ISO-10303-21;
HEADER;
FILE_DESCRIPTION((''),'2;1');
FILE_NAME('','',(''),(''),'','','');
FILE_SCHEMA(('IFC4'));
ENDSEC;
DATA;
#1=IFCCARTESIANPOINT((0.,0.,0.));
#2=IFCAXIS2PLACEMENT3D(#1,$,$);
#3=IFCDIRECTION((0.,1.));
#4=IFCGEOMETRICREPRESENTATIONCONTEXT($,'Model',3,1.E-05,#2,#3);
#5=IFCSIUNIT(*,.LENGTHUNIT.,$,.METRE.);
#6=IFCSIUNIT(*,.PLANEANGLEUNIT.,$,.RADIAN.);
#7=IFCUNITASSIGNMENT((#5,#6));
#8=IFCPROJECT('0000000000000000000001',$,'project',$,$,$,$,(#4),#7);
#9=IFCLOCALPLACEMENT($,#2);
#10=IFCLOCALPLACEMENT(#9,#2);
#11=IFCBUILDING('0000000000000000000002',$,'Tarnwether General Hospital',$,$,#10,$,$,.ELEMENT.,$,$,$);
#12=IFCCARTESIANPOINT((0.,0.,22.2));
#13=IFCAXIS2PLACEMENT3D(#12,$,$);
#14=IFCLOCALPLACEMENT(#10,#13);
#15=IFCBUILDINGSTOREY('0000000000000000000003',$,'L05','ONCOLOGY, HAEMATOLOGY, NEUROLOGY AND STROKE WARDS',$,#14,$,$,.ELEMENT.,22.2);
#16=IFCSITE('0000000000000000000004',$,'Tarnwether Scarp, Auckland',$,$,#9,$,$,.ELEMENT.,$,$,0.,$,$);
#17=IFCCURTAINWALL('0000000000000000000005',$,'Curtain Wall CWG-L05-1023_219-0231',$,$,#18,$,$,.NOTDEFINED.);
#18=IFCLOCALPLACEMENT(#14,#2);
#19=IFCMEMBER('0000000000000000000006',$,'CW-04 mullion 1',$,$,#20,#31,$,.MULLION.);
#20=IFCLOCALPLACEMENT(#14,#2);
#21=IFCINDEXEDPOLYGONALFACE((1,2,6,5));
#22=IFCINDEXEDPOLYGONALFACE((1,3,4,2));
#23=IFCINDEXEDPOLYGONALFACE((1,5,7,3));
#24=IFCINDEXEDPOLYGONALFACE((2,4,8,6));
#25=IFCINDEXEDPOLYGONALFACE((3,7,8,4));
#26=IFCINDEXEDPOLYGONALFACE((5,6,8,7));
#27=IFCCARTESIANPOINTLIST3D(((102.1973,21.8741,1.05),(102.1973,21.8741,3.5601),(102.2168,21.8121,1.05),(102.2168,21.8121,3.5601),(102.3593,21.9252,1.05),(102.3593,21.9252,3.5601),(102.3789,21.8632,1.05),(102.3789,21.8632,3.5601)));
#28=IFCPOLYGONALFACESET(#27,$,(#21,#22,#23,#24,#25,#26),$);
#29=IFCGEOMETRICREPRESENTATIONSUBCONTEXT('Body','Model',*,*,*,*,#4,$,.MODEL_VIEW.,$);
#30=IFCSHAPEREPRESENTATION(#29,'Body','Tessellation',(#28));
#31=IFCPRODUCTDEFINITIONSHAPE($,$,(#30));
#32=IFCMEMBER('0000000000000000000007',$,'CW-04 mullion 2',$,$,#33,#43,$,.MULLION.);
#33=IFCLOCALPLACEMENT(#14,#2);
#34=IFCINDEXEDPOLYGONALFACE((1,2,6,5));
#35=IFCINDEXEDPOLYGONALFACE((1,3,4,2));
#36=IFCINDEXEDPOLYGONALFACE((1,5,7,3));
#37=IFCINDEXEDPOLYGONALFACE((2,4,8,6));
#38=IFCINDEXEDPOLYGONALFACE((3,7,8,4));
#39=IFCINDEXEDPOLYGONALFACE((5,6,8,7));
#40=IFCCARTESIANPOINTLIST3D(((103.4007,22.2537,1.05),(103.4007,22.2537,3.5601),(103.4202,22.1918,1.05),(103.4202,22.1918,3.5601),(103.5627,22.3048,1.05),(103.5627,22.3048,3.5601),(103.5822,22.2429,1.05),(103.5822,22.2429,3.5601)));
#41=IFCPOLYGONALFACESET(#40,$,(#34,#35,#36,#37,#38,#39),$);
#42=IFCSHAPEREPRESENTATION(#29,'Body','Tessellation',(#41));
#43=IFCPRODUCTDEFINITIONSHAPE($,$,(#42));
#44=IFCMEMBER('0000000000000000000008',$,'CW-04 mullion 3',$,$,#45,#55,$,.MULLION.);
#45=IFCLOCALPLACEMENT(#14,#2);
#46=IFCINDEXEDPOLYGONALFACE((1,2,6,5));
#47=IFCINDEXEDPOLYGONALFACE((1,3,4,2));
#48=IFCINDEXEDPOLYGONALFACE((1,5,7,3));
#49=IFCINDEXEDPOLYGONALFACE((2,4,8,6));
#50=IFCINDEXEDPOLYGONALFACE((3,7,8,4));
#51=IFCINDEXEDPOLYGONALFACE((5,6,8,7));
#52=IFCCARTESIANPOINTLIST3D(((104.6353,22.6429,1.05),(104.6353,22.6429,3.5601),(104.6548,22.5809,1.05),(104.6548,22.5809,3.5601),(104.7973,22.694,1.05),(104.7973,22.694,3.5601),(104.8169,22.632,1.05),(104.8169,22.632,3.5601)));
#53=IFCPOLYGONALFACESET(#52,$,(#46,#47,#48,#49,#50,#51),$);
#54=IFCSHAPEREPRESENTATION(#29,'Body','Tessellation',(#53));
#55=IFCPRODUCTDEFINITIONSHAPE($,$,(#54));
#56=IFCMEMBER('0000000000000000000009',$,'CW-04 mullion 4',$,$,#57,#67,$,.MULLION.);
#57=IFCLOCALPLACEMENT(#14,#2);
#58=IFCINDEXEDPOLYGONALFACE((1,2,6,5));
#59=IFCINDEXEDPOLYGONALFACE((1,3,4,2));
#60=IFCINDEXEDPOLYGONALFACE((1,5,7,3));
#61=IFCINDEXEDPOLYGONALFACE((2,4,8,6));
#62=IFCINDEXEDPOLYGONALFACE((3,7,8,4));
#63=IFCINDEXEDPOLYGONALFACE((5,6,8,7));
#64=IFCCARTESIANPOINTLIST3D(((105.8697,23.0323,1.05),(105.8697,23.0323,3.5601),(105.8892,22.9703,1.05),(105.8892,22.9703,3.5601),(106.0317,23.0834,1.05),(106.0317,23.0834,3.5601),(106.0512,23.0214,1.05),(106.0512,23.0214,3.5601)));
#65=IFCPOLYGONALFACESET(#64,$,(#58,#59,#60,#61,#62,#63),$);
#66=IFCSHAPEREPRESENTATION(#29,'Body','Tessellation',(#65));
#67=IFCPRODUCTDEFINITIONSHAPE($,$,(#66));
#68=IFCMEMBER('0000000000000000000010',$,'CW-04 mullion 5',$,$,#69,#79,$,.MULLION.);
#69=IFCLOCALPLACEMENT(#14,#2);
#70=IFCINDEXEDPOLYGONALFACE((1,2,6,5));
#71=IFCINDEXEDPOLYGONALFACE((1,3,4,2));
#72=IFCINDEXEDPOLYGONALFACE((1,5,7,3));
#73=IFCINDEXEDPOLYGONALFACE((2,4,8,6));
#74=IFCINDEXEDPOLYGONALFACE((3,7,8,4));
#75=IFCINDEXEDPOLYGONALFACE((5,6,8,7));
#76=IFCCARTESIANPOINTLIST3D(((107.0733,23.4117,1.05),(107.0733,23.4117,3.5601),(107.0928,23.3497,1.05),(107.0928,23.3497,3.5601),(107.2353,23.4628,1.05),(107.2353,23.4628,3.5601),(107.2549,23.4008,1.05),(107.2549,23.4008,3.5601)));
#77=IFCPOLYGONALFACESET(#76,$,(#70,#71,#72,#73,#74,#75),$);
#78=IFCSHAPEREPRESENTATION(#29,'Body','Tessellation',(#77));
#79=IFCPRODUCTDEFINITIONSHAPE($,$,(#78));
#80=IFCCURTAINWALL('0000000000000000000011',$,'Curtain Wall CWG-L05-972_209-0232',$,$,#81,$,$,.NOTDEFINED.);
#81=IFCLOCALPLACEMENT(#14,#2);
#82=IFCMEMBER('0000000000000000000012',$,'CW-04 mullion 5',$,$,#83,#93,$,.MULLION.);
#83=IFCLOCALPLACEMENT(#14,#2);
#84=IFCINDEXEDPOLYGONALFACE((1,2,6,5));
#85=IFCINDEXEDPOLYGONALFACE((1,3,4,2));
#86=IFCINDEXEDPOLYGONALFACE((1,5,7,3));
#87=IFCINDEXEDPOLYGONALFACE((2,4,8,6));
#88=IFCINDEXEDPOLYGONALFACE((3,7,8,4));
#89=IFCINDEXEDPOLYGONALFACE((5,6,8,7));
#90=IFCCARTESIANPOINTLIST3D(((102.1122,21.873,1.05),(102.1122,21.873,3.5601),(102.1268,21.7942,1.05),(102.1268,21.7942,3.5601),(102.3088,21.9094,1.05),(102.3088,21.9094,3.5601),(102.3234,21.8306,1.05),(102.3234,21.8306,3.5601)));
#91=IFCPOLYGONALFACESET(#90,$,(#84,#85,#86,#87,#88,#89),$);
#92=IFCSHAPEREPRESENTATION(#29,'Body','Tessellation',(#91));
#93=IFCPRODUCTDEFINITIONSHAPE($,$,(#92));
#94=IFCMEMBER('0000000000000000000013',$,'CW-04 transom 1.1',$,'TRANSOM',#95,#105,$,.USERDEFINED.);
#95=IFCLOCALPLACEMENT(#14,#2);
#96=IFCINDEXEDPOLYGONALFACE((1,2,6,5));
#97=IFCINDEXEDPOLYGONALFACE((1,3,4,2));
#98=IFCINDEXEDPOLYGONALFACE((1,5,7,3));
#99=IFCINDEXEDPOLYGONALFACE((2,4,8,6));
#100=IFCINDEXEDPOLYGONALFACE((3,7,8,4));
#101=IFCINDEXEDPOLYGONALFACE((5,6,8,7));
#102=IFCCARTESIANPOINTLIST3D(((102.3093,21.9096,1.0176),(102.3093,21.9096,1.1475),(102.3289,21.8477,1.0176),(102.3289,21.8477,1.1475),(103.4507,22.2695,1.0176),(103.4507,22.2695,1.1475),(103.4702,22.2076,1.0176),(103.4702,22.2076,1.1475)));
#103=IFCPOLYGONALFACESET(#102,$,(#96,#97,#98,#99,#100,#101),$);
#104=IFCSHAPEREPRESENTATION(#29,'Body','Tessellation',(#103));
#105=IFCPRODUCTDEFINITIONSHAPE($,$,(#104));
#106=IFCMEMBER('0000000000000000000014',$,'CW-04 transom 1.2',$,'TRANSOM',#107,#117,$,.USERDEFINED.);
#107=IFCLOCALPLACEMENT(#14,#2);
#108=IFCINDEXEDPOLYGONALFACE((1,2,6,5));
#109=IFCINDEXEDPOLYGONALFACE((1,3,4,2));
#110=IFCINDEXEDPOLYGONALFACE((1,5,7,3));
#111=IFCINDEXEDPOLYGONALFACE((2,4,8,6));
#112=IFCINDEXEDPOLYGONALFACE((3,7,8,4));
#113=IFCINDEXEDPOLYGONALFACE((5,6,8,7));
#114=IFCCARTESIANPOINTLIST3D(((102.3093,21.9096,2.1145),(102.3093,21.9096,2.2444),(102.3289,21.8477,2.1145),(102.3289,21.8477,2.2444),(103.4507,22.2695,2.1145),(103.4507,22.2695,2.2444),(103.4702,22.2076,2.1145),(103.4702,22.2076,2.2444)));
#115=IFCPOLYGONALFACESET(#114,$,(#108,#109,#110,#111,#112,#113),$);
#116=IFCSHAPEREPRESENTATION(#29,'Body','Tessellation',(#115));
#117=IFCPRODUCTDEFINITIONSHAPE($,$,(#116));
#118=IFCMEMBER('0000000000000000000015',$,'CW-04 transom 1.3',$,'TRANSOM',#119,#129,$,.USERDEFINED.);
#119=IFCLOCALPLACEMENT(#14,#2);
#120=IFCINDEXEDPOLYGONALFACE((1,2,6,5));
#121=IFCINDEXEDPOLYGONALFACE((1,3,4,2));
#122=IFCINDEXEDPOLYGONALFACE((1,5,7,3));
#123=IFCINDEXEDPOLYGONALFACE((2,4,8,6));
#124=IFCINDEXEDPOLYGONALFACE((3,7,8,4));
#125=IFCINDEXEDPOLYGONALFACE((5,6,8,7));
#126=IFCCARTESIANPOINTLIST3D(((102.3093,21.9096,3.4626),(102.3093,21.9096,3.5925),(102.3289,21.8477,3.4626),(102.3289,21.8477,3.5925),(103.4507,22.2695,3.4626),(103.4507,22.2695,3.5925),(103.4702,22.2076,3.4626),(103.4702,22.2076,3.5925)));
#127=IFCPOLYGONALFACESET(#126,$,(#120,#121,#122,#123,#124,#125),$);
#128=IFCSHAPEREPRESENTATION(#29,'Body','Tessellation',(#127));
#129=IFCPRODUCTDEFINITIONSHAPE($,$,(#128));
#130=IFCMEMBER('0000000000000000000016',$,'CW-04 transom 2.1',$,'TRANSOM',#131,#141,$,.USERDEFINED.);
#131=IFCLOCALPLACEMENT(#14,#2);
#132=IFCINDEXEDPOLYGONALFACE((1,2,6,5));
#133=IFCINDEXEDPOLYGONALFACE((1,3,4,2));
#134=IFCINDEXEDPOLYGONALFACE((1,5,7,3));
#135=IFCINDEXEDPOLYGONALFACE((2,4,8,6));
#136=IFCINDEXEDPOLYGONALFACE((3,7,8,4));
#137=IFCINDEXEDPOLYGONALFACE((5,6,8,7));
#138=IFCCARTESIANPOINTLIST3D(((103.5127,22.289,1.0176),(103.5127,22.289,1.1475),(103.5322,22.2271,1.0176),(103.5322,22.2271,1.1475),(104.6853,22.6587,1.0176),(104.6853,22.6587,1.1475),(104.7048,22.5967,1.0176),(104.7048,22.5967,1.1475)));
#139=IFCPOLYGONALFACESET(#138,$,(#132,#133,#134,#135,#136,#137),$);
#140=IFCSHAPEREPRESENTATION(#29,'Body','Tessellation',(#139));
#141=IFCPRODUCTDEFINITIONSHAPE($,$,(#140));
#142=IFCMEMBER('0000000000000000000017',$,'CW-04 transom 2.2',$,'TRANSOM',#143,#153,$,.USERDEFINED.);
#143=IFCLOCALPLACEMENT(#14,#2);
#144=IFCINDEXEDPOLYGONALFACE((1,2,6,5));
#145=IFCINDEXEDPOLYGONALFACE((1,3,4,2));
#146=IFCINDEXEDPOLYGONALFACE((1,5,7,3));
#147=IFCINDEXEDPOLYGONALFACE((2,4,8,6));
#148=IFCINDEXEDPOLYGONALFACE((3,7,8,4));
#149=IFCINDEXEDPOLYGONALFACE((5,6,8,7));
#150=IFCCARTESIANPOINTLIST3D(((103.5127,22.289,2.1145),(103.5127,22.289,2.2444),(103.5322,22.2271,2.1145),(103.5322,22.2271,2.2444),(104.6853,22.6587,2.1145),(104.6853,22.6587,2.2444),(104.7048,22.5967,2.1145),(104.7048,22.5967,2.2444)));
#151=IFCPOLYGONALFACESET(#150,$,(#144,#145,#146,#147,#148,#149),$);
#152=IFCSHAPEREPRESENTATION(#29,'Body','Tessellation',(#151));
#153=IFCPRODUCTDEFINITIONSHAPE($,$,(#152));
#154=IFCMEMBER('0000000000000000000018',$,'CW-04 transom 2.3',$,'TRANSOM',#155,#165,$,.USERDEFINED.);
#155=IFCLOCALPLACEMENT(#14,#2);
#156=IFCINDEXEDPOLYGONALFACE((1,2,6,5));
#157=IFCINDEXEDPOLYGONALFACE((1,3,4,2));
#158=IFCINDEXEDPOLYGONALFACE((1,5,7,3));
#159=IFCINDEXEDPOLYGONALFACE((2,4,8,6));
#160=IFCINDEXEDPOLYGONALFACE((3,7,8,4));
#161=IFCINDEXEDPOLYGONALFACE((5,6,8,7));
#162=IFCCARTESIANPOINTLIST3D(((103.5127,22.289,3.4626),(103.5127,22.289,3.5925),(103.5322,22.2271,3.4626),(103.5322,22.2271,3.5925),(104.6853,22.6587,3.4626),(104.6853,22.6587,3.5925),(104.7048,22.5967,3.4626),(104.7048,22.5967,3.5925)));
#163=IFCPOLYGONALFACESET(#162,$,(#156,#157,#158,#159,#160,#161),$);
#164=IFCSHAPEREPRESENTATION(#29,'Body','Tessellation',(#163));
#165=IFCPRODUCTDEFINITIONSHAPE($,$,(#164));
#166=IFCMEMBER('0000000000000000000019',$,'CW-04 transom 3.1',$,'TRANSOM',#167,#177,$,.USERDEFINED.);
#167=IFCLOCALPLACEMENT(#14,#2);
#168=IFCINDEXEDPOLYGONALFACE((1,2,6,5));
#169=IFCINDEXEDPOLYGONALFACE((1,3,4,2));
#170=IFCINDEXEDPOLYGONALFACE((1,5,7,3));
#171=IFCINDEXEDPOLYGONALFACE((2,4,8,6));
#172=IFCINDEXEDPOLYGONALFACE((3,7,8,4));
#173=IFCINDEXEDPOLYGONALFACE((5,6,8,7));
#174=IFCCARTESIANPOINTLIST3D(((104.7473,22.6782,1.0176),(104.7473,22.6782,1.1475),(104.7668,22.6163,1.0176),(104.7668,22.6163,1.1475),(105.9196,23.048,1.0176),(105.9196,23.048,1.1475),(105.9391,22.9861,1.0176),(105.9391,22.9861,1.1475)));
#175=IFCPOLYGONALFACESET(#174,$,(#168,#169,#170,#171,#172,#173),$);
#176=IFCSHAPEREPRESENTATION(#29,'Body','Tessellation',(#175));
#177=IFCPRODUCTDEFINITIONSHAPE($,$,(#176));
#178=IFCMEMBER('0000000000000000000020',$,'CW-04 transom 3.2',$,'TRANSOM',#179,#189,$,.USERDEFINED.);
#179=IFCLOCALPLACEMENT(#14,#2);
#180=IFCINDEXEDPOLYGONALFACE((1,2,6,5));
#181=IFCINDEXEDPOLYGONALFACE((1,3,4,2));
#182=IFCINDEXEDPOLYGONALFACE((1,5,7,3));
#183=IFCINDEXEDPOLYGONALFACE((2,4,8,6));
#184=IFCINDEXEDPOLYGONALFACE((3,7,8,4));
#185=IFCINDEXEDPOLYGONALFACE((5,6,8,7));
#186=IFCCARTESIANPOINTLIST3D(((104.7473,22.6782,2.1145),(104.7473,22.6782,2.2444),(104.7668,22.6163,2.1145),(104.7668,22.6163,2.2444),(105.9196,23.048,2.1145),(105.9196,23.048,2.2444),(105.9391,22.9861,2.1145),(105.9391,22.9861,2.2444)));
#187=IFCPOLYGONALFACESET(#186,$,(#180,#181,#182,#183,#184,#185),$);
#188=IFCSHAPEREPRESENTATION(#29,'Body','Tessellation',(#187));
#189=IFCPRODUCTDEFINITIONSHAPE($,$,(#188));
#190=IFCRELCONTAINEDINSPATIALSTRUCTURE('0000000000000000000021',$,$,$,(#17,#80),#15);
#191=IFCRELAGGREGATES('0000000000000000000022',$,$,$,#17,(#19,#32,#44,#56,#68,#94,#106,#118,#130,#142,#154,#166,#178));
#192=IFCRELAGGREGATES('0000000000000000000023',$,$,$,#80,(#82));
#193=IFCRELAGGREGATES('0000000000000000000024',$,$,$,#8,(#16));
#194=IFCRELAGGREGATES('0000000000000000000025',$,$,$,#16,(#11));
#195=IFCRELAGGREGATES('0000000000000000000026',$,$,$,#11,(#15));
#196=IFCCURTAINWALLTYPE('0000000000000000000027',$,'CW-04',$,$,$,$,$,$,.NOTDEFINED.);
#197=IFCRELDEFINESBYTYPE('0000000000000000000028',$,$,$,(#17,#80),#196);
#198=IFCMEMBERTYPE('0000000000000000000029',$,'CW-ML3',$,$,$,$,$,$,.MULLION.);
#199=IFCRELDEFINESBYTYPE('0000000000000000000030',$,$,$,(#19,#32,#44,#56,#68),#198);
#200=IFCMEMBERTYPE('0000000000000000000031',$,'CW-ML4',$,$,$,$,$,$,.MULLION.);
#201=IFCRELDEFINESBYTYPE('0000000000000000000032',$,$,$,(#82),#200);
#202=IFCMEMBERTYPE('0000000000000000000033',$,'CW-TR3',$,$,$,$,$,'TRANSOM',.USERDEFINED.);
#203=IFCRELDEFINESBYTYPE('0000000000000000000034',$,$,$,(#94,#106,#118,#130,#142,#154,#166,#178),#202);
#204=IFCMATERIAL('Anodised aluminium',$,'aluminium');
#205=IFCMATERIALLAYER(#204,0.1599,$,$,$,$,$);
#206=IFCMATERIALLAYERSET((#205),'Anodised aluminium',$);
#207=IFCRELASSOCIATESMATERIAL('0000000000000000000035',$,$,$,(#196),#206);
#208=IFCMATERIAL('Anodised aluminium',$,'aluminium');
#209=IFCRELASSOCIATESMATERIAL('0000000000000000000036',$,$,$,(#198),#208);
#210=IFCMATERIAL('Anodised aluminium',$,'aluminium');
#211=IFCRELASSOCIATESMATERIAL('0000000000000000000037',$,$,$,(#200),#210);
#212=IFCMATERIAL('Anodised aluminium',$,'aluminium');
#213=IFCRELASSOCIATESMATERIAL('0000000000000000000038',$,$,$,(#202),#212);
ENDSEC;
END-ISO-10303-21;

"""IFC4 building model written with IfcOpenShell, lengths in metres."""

from ifc_helpers import new_model, si_unit, direction, frame, origin, origin_2d, place, context, subcontext, project, spatial, rectangle, extrude, material, layer, layer_set, material_profile, profile_set, type_object, element, aggregate, save


model = new_model("IFC4")

# Units and contexts
model_context = context("Model", 3, precision=1e-05, world=origin(), true_north=direction((0.0, 1.0)))
body_context = subcontext(model_context, "Body", "Model", "MODEL_VIEW")
ifc_project = project(units=[si_unit("LENGTHUNIT", "METRE"), si_unit("PLANEANGLEUNIT", "RADIAN")], contexts=[model_context])

# Site, building, storey
site_placement = place(None, origin())
site = spatial("IfcSite", under=ifc_project, at=site_placement, Name="Tarnwether Scarp, Auckland", CompositionType="ELEMENT", RefElevation=0.0)
building_placement = place(site_placement, origin())
building = spatial("IfcBuilding", under=site, at=building_placement, Name="Tarnwether General Hospital", CompositionType="ELEMENT")
storey_placement = place(building_placement, frame((0.0, 0.0, 22.2)))
storey = spatial("IfcBuildingStorey", under=building, at=storey_placement, Name="L05", Description="ONCOLOGY, HAEMATOLOGY, NEUROLOGY AND STROKE WARDS", CompositionType="ELEMENT", Elevation=22.2)

# Curtain wall, members
ifc_material_1 = material(Name="Anodised aluminium", Category="aluminium")
ifc_layer_1 = layer(ifc_material_1, 0.1599)
ifc_layer_set_1 = layer_set([ifc_layer_1], Name="Anodised aluminium")
curtain_wall_type = type_object("IfcCurtainWallType", Name="CW-04", PredefinedType="NOTDEFINED", material=ifc_layer_set_1)
curtain_wall_1_placement = place(storey_placement, origin())
curtain_wall_1 = element("IfcCurtainWall", 1, at=curtain_wall_1_placement, inside=storey, type_object=curtain_wall_type, Name="Curtain Wall CWG-L05-1023_219-0231", PredefinedType="NOTDEFINED")
ifc_material_2 = material(Name="Anodised aluminium", Category="aluminium")
ifc_material_profile_1 = material_profile(ifc_material_2, rectangle(XDim=0.0649, YDim=0.1699, at=origin_2d()), Name="ALU-MUL-65x170")
ifc_profile_set_1 = profile_set([ifc_material_profile_1], Name="Anodised aluminium")
member_type_1 = type_object("IfcMemberType", Name="CW-ML3", PredefinedType="MULLION", material=ifc_profile_set_1)
member_1_placement = place(storey_placement, frame((102.2881, 21.8687, 1.05), z_axis=(0.0, 0.0, 1.0), x_axis=(-0.300715, 0.953714, 0.0)))
member_1 = element("IfcMember", 2, at=member_1_placement, type_object=member_type_1, Name="CW-04 mullion 1", PredefinedType="MULLION", context=body_context, shape_type="SweptSolid", body=[
    extrude(rectangle(XDim=0.0649, YDim=0.1699, at=origin_2d()), origin(), (0.0, 0.0, 1.0), 2.51),
])
member_2_placement = place(storey_placement, frame((103.4915, 22.2483, 1.05), z_axis=(0.0, 0.0, 1.0), x_axis=(-0.300715, 0.953714, 0.0)))
member_2 = element("IfcMember", 3, at=member_2_placement, type_object=member_type_1, Name="CW-04 mullion 2", PredefinedType="MULLION", context=body_context, shape_type="SweptSolid", body=[
    extrude(rectangle(XDim=0.0649, YDim=0.1699, at=origin_2d()), origin(), (0.0, 0.0, 1.0), 2.51),
])
member_3_placement = place(storey_placement, frame((104.7261, 22.6375, 1.05), z_axis=(0.0, 0.0, 1.0), x_axis=(-0.300715, 0.953714, 0.0)))
member_3 = element("IfcMember", 4, at=member_3_placement, type_object=member_type_1, Name="CW-04 mullion 3", PredefinedType="MULLION", context=body_context, shape_type="SweptSolid", body=[
    extrude(rectangle(XDim=0.0649, YDim=0.1699, at=origin_2d()), origin(), (0.0, 0.0, 1.0), 2.51),
])
member_4_placement = place(storey_placement, frame((105.9604, 23.0269, 1.05), z_axis=(0.0, 0.0, 1.0), x_axis=(-0.300715, 0.953714, 0.0)))
member_4 = element("IfcMember", 5, at=member_4_placement, type_object=member_type_1, Name="CW-04 mullion 4", PredefinedType="MULLION", context=body_context, shape_type="SweptSolid", body=[
    extrude(rectangle(XDim=0.0649, YDim=0.1699, at=origin_2d()), origin(), (0.0, 0.0, 1.0), 2.51),
])
member_5_placement = place(storey_placement, frame((107.1641, 23.4062, 1.05), z_axis=(0.0, 0.0, 1.0), x_axis=(-0.300715, 0.953714, 0.0)))
member_5 = element("IfcMember", 6, at=member_5_placement, type_object=member_type_1, Name="CW-04 mullion 5", PredefinedType="MULLION", context=body_context, shape_type="SweptSolid", body=[
    extrude(rectangle(XDim=0.0649, YDim=0.1699, at=origin_2d()), origin(), (0.0, 0.0, 1.0), 2.51),
])

# Curtain wall, member
curtain_wall_2_placement = place(storey_placement, origin())
curtain_wall_2 = element("IfcCurtainWall", 7, at=curtain_wall_2_placement, inside=storey, type_object=curtain_wall_type, Name="Curtain Wall CWG-L05-972_209-0232", PredefinedType="NOTDEFINED")
ifc_material_3 = material(Name="Anodised aluminium", Category="aluminium")
ifc_material_profile_2 = material_profile(ifc_material_3, rectangle(XDim=0.0801, YDim=0.2, at=origin_2d()), Name="ALU-MUL-80x200")
ifc_profile_set_2 = profile_set([ifc_material_profile_2], Name="Anodised aluminium")
member_type_2 = type_object("IfcMemberType", Name="CW-ML4", PredefinedType="MULLION", material=ifc_profile_set_2)
member_6_placement = place(storey_placement, frame((102.2178, 21.8518, 1.05), z_axis=(0.0, 0.0, 1.0), x_axis=(-0.182165, 0.983268, 0.0)))
member_6 = element("IfcMember", 8, at=member_6_placement, type_object=member_type_2, Name="CW-04 mullion 5", PredefinedType="MULLION", context=body_context, shape_type="SweptSolid", body=[
    extrude(rectangle(XDim=0.0801, YDim=0.2, at=origin_2d()), origin(), (0.0, 0.0, 1.0), 2.51),
])

# Members
ifc_material_4 = material(Name="Anodised aluminium", Category="aluminium")
ifc_material_profile_3 = material_profile(ifc_material_4, rectangle(XDim=0.0649, YDim=0.1299, at=origin_2d()), Name="ALU-TRN-65x130")
ifc_profile_set_3 = profile_set([ifc_material_profile_3], Name="Anodised aluminium")
member_type_3 = type_object("IfcMemberType", Name="CW-TR3", ElementType="TRANSOM", PredefinedType="USERDEFINED", material=ifc_profile_set_3)
member_7_placement = place(storey_placement, frame((102.3191, 21.8787, 1.0825), z_axis=(0.953718, 0.300702, 0.0), x_axis=(-0.300702, 0.953718, 0.0)))
member_7 = element("IfcMember", 9, at=member_7_placement, type_object=member_type_3, Name="CW-04 transom 1.1", ObjectType="TRANSOM", PredefinedType="USERDEFINED", context=body_context, shape_type="SweptSolid", body=[
    extrude(rectangle(XDim=0.0649, YDim=0.1299, at=origin_2d()), origin(), (0.0, 0.0, 1.0), 1.1968),
])
member_8_placement = place(storey_placement, frame((102.3191, 21.8787, 2.1794), z_axis=(0.953718, 0.300702, 0.0), x_axis=(-0.300702, 0.953718, 0.0)))
member_8 = element("IfcMember", 10, at=member_8_placement, type_object=member_type_3, Name="CW-04 transom 1.2", ObjectType="TRANSOM", PredefinedType="USERDEFINED", context=body_context, shape_type="SweptSolid", body=[
    extrude(rectangle(XDim=0.0649, YDim=0.1299, at=origin_2d()), origin(), (0.0, 0.0, 1.0), 1.1968),
])
member_9_placement = place(storey_placement, frame((102.3191, 21.8787, 3.5276), z_axis=(0.953718, 0.300702, 0.0), x_axis=(-0.300702, 0.953718, 0.0)))
member_9 = element("IfcMember", 11, at=member_9_placement, type_object=member_type_3, Name="CW-04 transom 1.3", ObjectType="TRANSOM", PredefinedType="USERDEFINED", context=body_context, shape_type="SweptSolid", body=[
    extrude(rectangle(XDim=0.0649, YDim=0.1299, at=origin_2d()), origin(), (0.0, 0.0, 1.0), 1.1968),
])
member_10_placement = place(storey_placement, frame((103.5225, 22.2581, 1.0825), z_axis=(0.953739, 0.300637, 0.0), x_axis=(-0.300637, 0.953739, 0.0)))
member_10 = element("IfcMember", 12, at=member_10_placement, type_object=member_type_3, Name="CW-04 transom 2.1", ObjectType="TRANSOM", PredefinedType="USERDEFINED", context=body_context, shape_type="SweptSolid", body=[
    extrude(rectangle(XDim=0.0649, YDim=0.1299, at=origin_2d()), origin(), (0.0, 0.0, 1.0), 1.2295),
])
member_11_placement = place(storey_placement, frame((103.5225, 22.2581, 2.1794), z_axis=(0.953739, 0.300637, 0.0), x_axis=(-0.300637, 0.953739, 0.0)))
member_11 = element("IfcMember", 13, at=member_11_placement, type_object=member_type_3, Name="CW-04 transom 2.2", ObjectType="TRANSOM", PredefinedType="USERDEFINED", context=body_context, shape_type="SweptSolid", body=[
    extrude(rectangle(XDim=0.0649, YDim=0.1299, at=origin_2d()), origin(), (0.0, 0.0, 1.0), 1.2295),
])
member_12_placement = place(storey_placement, frame((103.5225, 22.2581, 3.5276), z_axis=(0.953739, 0.300637, 0.0), x_axis=(-0.300637, 0.953739, 0.0)))
member_12 = element("IfcMember", 14, at=member_12_placement, type_object=member_type_3, Name="CW-04 transom 2.3", ObjectType="TRANSOM", PredefinedType="USERDEFINED", context=body_context, shape_type="SweptSolid", body=[
    extrude(rectangle(XDim=0.0649, YDim=0.1299, at=origin_2d()), origin(), (0.0, 0.0, 1.0), 1.2295),
])
member_13_placement = place(storey_placement, frame((104.7571, 22.6472, 1.0825), z_axis=(0.953664, 0.300875, 0.0), x_axis=(-0.300875, 0.953664, 0.0)))
member_13 = element("IfcMember", 15, at=member_13_placement, type_object=member_type_3, Name="CW-04 transom 3.1", ObjectType="TRANSOM", PredefinedType="USERDEFINED", context=body_context, shape_type="SweptSolid", body=[
    extrude(rectangle(XDim=0.0649, YDim=0.1299, at=origin_2d()), origin(), (0.0, 0.0, 1.0), 1.2292),
])
member_14_placement = place(storey_placement, frame((104.7571, 22.6472, 2.1794), z_axis=(0.953664, 0.300875, 0.0), x_axis=(-0.300875, 0.953664, 0.0)))
member_14 = element("IfcMember", 16, at=member_14_placement, type_object=member_type_3, Name="CW-04 transom 3.2", ObjectType="TRANSOM", PredefinedType="USERDEFINED", context=body_context, shape_type="SweptSolid", body=[
    extrude(rectangle(XDim=0.0649, YDim=0.1299, at=origin_2d()), origin(), (0.0, 0.0, 1.0), 1.2292),
])

aggregate(curtain_wall_1, [member_1, member_2, member_3, member_4, member_5, member_7, member_8, member_9, member_10, member_11, member_12, member_13, member_14])
aggregate(curtain_wall_2, [member_6])

save(model, "model.ifc")
